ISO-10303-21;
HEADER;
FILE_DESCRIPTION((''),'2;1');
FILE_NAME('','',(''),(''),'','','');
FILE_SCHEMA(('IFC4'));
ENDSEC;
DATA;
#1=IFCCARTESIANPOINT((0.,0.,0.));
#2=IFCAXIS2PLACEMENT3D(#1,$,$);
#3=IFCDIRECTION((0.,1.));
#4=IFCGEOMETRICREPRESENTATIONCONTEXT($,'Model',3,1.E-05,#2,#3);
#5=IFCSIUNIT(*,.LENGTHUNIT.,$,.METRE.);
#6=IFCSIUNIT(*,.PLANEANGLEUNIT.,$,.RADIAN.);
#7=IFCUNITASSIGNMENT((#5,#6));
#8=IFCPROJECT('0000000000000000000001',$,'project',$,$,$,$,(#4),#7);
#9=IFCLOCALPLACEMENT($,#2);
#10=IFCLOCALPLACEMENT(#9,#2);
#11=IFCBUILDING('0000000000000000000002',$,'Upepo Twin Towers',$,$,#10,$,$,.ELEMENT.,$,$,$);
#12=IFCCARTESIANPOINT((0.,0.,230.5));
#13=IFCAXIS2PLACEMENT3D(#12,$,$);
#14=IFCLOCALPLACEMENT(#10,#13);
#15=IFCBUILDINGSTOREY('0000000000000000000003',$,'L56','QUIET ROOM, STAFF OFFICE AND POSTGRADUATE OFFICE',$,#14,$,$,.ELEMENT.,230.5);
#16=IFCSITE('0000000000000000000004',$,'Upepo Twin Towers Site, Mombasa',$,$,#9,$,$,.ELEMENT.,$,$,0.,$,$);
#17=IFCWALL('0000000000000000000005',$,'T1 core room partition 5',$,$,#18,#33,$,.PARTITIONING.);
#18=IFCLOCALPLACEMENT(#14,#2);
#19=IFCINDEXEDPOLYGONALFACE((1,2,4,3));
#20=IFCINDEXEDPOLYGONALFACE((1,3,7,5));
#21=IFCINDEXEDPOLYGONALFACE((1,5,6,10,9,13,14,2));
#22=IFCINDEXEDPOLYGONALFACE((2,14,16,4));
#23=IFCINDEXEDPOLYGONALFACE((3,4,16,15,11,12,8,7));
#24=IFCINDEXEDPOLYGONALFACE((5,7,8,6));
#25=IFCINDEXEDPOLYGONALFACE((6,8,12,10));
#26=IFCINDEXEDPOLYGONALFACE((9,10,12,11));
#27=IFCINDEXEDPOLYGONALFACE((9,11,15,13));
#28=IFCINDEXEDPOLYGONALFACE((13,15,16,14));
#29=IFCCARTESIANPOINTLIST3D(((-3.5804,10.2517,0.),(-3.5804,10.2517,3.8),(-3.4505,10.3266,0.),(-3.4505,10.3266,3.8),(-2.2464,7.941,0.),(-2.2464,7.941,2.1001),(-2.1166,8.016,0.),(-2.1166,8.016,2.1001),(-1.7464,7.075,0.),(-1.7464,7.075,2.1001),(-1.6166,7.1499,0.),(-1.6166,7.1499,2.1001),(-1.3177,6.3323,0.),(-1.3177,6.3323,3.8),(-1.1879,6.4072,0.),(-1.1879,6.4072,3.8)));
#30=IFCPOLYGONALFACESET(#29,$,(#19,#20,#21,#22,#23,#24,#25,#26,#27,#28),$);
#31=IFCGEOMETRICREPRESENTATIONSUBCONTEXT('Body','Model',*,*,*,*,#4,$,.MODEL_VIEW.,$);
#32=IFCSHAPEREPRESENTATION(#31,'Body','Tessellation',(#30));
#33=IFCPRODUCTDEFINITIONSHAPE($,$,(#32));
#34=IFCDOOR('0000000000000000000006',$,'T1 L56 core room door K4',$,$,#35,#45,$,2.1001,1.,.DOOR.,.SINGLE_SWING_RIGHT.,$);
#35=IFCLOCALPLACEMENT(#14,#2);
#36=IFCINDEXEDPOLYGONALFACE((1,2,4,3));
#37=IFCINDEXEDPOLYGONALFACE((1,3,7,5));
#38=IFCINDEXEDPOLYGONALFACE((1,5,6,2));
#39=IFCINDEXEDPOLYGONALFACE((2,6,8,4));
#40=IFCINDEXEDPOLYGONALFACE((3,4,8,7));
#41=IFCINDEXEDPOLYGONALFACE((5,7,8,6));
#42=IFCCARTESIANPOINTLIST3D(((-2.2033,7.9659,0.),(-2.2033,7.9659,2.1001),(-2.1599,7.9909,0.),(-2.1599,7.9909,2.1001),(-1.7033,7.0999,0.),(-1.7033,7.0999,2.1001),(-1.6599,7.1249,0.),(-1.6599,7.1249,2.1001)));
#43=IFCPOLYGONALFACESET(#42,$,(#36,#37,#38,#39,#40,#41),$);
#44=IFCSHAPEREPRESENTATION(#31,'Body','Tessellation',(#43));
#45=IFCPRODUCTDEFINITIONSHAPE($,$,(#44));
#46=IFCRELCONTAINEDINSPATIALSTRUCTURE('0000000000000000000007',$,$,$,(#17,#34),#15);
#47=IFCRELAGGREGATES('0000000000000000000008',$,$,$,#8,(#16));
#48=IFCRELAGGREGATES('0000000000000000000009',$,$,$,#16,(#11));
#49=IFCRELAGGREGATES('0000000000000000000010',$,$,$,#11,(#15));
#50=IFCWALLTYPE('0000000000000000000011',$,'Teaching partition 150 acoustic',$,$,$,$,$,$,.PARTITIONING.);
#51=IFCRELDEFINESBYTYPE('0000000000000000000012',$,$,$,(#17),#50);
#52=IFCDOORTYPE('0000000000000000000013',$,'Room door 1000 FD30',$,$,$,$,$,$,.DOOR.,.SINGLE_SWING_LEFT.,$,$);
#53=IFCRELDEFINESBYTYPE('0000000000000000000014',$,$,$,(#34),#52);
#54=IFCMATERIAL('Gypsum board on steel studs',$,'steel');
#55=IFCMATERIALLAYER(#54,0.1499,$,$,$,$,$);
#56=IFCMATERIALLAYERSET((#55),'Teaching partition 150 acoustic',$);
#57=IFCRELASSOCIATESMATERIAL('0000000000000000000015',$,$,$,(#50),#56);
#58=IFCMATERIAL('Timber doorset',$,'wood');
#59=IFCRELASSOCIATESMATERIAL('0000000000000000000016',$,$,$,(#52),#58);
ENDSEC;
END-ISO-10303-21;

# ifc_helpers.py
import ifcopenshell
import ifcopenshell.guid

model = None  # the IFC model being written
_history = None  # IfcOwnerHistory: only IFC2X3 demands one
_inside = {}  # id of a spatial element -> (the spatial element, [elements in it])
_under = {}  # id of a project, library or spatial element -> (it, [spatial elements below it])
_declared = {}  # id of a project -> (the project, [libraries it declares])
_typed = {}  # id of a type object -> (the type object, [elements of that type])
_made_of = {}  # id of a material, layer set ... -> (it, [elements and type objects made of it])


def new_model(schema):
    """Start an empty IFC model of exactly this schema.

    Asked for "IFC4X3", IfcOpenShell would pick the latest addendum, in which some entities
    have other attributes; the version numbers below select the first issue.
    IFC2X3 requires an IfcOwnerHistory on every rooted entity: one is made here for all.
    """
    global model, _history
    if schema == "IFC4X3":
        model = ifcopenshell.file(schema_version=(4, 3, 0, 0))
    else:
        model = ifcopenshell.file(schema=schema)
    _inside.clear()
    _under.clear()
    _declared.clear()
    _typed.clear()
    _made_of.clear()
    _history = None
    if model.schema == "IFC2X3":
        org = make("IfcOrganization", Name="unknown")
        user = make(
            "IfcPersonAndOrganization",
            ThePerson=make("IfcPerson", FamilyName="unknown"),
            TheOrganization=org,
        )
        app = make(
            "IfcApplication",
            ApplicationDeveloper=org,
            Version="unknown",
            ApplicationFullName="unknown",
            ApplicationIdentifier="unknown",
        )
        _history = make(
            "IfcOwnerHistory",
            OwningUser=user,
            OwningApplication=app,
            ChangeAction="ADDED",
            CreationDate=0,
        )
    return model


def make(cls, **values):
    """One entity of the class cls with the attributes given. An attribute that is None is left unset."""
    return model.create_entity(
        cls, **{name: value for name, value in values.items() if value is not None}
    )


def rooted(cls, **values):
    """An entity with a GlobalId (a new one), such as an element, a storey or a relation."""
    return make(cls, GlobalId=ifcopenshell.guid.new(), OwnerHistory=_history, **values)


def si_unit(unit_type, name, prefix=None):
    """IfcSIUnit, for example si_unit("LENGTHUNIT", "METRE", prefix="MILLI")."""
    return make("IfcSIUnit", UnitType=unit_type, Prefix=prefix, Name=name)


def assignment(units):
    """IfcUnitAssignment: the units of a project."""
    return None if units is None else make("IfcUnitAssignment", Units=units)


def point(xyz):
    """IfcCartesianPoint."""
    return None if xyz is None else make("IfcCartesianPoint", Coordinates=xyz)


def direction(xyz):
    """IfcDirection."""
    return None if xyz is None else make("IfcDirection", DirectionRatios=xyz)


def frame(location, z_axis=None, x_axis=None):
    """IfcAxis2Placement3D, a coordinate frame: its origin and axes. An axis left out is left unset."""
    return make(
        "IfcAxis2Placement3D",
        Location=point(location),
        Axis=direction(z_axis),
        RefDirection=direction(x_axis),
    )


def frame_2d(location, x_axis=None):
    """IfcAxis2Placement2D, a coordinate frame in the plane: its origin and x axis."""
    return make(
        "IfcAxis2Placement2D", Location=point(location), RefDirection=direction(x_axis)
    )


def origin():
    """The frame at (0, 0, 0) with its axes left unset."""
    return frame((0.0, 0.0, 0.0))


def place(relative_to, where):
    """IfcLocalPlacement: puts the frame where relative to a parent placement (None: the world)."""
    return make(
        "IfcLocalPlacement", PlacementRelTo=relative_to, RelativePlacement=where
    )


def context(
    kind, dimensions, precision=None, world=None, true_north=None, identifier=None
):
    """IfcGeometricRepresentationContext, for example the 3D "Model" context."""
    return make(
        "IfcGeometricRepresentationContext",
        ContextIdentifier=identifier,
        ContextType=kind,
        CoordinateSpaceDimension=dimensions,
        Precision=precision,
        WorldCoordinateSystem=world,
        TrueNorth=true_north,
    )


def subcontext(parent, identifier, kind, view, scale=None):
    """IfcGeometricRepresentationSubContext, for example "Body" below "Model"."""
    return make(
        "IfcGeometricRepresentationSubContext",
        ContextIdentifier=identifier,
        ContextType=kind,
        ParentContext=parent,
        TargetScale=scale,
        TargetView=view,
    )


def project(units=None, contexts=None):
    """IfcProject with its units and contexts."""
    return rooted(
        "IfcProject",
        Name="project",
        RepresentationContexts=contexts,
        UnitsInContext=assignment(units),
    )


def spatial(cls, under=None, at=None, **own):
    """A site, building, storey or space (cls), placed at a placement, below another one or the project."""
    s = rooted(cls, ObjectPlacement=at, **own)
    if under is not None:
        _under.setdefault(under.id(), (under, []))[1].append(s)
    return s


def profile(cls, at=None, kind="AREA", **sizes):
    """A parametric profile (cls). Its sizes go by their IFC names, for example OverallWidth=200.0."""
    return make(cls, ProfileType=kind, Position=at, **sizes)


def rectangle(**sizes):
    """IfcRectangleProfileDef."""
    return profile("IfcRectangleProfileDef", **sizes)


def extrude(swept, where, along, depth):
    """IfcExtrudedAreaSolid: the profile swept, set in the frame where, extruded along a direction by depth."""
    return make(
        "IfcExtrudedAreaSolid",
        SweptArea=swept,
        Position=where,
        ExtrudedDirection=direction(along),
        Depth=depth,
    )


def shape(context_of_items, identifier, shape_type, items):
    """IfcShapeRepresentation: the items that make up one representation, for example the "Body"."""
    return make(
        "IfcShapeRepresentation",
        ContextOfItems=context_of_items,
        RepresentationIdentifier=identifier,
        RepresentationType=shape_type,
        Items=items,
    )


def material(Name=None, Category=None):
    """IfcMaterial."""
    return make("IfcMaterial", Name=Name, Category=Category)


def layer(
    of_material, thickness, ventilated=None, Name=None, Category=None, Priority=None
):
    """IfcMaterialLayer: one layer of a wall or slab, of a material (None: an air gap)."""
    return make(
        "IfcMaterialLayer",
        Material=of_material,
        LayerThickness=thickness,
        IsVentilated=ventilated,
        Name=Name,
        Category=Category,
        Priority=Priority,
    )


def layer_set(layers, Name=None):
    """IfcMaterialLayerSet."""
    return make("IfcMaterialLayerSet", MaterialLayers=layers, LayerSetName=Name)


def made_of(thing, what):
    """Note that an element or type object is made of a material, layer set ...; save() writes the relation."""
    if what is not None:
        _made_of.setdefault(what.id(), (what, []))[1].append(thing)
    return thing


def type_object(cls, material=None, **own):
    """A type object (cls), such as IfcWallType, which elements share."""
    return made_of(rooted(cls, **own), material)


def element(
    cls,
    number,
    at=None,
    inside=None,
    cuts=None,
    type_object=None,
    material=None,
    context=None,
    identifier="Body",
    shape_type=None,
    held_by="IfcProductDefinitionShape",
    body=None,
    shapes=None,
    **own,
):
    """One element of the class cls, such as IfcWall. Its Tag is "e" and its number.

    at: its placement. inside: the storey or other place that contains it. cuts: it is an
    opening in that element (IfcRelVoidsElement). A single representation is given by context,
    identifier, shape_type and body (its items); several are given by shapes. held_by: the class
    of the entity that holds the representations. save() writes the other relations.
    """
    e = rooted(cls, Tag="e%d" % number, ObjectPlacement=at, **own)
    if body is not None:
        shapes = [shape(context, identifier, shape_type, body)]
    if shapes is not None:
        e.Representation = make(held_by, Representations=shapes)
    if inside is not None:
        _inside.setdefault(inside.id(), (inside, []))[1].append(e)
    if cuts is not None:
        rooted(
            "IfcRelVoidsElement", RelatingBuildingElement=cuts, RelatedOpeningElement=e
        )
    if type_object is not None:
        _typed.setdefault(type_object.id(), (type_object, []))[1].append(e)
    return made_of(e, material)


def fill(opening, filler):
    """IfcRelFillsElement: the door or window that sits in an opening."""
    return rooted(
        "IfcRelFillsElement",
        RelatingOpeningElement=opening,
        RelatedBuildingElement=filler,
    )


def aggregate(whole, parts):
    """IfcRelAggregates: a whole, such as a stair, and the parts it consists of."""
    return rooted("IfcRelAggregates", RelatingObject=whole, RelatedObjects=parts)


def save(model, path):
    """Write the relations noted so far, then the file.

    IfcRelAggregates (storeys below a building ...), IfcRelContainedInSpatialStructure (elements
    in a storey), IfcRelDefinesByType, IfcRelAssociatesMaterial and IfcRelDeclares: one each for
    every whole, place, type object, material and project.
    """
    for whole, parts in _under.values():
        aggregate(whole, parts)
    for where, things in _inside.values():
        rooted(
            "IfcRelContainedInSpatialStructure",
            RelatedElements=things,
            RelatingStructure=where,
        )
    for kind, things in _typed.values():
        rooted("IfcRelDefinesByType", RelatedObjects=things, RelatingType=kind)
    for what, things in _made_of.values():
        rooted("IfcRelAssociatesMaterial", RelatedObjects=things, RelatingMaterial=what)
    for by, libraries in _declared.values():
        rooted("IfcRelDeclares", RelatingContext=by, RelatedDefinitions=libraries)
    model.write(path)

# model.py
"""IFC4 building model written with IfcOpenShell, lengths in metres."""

from ifc_helpers import new_model, si_unit, direction, frame, frame_2d, origin, place, context, subcontext, project, spatial, rectangle, extrude, material, layer, layer_set, type_object, element, fill, save


model = new_model("IFC4")

# Units and contexts
model_context = context("Model", 3, precision=1e-05, world=origin(), true_north=direction((0.0, 1.0)))
body_context = subcontext(model_context, "Body", "Model", "MODEL_VIEW")
ifc_project = project(units=[si_unit("LENGTHUNIT", "METRE"), si_unit("PLANEANGLEUNIT", "RADIAN")], contexts=[model_context])

# Site, building, storey
site_placement = place(None, origin())
site = spatial("IfcSite", under=ifc_project, at=site_placement, Name="Upepo Twin Towers Site, Mombasa", CompositionType="ELEMENT", RefElevation=0.0)
building_placement = place(site_placement, origin())
building = spatial("IfcBuilding", under=site, at=building_placement, Name="Upepo Twin Towers", CompositionType="ELEMENT")
storey_placement = place(building_placement, frame((0.0, 0.0, 230.5)))
storey = spatial("IfcBuildingStorey", under=building, at=storey_placement, Name="L56", Description="QUIET ROOM, STAFF OFFICE AND POSTGRADUATE OFFICE", CompositionType="ELEMENT", Elevation=230.5)

# Wall, opening, door
ifc_material_1 = material(Name="Gypsum board on steel studs", Category="steel")
ifc_layer_1 = layer(ifc_material_1, 0.1499)
ifc_layer_set_1 = layer_set([ifc_layer_1], Name="Teaching partition 150 acoustic")
wall_type_1 = type_object("IfcWallType", Name="Teaching partition 150 acoustic", PredefinedType="PARTITIONING", material=ifc_layer_set_1)
wall_1_placement = place(storey_placement, frame((-3.5154, 10.2891, 0.0), z_axis=(0.0, 0.0, 1.0), x_axis=(0.499968, -0.866044, 0.0)))
wall_1 = element("IfcWall", 1, at=wall_1_placement, inside=storey, type_object=wall_type_1, Name="T1 core room partition 5", PredefinedType="PARTITIONING", context=body_context, shape_type="SweptSolid", body=[
    extrude(rectangle(XDim=4.5256, YDim=0.1499, at=frame_2d((2.2627, 0.0))), origin(), (0.0, 0.0, 1.0), 3.8),
])
opening_1_placement = place(wall_1_placement, frame((2.668, 0.0, 0.0)))
opening_1 = element("IfcOpeningElement", 2, at=opening_1_placement, cuts=wall_1, PredefinedType="OPENING", context=body_context, shape_type="SweptSolid", body=[
    extrude(rectangle(XDim=1.0, YDim=2.1001, at=frame_2d((0.5, 1.05))), frame((0.0, 0.085, 0.0), z_axis=(0.0, -1.0, 0.0), x_axis=(1.0, 0.0, 0.0)), (0.0, 0.0, 1.0), 0.1699),
])
ifc_material_2 = material(Name="Timber doorset", Category="wood")
door_type_1 = type_object("IfcDoorType", Name="Room door 1000 FD30", OperationType="SINGLE_SWING_LEFT", PredefinedType="DOOR", material=ifc_material_2)
door_1_placement = place(opening_1_placement, origin())
door_1 = element("IfcDoor", 3, at=door_1_placement, inside=storey, type_object=door_type_1, Name="T1 L56 core room door K4", OperationType="SINGLE_SWING_RIGHT", OverallHeight=2.1001, OverallWidth=1.0, PredefinedType="DOOR", context=body_context, shape_type="SweptSolid", body=[
    extrude(rectangle(XDim=1.0, YDim=2.1001, at=frame_2d((0.5, 1.05))), frame((0.0, 0.0249, 0.0), z_axis=(0.0, -1.0, 0.0), x_axis=(1.0, 0.0, 0.0)), (0.0, 0.0, 1.0), 0.05),
])
fill(opening_1, door_1)

save(model, "model.ifc")
